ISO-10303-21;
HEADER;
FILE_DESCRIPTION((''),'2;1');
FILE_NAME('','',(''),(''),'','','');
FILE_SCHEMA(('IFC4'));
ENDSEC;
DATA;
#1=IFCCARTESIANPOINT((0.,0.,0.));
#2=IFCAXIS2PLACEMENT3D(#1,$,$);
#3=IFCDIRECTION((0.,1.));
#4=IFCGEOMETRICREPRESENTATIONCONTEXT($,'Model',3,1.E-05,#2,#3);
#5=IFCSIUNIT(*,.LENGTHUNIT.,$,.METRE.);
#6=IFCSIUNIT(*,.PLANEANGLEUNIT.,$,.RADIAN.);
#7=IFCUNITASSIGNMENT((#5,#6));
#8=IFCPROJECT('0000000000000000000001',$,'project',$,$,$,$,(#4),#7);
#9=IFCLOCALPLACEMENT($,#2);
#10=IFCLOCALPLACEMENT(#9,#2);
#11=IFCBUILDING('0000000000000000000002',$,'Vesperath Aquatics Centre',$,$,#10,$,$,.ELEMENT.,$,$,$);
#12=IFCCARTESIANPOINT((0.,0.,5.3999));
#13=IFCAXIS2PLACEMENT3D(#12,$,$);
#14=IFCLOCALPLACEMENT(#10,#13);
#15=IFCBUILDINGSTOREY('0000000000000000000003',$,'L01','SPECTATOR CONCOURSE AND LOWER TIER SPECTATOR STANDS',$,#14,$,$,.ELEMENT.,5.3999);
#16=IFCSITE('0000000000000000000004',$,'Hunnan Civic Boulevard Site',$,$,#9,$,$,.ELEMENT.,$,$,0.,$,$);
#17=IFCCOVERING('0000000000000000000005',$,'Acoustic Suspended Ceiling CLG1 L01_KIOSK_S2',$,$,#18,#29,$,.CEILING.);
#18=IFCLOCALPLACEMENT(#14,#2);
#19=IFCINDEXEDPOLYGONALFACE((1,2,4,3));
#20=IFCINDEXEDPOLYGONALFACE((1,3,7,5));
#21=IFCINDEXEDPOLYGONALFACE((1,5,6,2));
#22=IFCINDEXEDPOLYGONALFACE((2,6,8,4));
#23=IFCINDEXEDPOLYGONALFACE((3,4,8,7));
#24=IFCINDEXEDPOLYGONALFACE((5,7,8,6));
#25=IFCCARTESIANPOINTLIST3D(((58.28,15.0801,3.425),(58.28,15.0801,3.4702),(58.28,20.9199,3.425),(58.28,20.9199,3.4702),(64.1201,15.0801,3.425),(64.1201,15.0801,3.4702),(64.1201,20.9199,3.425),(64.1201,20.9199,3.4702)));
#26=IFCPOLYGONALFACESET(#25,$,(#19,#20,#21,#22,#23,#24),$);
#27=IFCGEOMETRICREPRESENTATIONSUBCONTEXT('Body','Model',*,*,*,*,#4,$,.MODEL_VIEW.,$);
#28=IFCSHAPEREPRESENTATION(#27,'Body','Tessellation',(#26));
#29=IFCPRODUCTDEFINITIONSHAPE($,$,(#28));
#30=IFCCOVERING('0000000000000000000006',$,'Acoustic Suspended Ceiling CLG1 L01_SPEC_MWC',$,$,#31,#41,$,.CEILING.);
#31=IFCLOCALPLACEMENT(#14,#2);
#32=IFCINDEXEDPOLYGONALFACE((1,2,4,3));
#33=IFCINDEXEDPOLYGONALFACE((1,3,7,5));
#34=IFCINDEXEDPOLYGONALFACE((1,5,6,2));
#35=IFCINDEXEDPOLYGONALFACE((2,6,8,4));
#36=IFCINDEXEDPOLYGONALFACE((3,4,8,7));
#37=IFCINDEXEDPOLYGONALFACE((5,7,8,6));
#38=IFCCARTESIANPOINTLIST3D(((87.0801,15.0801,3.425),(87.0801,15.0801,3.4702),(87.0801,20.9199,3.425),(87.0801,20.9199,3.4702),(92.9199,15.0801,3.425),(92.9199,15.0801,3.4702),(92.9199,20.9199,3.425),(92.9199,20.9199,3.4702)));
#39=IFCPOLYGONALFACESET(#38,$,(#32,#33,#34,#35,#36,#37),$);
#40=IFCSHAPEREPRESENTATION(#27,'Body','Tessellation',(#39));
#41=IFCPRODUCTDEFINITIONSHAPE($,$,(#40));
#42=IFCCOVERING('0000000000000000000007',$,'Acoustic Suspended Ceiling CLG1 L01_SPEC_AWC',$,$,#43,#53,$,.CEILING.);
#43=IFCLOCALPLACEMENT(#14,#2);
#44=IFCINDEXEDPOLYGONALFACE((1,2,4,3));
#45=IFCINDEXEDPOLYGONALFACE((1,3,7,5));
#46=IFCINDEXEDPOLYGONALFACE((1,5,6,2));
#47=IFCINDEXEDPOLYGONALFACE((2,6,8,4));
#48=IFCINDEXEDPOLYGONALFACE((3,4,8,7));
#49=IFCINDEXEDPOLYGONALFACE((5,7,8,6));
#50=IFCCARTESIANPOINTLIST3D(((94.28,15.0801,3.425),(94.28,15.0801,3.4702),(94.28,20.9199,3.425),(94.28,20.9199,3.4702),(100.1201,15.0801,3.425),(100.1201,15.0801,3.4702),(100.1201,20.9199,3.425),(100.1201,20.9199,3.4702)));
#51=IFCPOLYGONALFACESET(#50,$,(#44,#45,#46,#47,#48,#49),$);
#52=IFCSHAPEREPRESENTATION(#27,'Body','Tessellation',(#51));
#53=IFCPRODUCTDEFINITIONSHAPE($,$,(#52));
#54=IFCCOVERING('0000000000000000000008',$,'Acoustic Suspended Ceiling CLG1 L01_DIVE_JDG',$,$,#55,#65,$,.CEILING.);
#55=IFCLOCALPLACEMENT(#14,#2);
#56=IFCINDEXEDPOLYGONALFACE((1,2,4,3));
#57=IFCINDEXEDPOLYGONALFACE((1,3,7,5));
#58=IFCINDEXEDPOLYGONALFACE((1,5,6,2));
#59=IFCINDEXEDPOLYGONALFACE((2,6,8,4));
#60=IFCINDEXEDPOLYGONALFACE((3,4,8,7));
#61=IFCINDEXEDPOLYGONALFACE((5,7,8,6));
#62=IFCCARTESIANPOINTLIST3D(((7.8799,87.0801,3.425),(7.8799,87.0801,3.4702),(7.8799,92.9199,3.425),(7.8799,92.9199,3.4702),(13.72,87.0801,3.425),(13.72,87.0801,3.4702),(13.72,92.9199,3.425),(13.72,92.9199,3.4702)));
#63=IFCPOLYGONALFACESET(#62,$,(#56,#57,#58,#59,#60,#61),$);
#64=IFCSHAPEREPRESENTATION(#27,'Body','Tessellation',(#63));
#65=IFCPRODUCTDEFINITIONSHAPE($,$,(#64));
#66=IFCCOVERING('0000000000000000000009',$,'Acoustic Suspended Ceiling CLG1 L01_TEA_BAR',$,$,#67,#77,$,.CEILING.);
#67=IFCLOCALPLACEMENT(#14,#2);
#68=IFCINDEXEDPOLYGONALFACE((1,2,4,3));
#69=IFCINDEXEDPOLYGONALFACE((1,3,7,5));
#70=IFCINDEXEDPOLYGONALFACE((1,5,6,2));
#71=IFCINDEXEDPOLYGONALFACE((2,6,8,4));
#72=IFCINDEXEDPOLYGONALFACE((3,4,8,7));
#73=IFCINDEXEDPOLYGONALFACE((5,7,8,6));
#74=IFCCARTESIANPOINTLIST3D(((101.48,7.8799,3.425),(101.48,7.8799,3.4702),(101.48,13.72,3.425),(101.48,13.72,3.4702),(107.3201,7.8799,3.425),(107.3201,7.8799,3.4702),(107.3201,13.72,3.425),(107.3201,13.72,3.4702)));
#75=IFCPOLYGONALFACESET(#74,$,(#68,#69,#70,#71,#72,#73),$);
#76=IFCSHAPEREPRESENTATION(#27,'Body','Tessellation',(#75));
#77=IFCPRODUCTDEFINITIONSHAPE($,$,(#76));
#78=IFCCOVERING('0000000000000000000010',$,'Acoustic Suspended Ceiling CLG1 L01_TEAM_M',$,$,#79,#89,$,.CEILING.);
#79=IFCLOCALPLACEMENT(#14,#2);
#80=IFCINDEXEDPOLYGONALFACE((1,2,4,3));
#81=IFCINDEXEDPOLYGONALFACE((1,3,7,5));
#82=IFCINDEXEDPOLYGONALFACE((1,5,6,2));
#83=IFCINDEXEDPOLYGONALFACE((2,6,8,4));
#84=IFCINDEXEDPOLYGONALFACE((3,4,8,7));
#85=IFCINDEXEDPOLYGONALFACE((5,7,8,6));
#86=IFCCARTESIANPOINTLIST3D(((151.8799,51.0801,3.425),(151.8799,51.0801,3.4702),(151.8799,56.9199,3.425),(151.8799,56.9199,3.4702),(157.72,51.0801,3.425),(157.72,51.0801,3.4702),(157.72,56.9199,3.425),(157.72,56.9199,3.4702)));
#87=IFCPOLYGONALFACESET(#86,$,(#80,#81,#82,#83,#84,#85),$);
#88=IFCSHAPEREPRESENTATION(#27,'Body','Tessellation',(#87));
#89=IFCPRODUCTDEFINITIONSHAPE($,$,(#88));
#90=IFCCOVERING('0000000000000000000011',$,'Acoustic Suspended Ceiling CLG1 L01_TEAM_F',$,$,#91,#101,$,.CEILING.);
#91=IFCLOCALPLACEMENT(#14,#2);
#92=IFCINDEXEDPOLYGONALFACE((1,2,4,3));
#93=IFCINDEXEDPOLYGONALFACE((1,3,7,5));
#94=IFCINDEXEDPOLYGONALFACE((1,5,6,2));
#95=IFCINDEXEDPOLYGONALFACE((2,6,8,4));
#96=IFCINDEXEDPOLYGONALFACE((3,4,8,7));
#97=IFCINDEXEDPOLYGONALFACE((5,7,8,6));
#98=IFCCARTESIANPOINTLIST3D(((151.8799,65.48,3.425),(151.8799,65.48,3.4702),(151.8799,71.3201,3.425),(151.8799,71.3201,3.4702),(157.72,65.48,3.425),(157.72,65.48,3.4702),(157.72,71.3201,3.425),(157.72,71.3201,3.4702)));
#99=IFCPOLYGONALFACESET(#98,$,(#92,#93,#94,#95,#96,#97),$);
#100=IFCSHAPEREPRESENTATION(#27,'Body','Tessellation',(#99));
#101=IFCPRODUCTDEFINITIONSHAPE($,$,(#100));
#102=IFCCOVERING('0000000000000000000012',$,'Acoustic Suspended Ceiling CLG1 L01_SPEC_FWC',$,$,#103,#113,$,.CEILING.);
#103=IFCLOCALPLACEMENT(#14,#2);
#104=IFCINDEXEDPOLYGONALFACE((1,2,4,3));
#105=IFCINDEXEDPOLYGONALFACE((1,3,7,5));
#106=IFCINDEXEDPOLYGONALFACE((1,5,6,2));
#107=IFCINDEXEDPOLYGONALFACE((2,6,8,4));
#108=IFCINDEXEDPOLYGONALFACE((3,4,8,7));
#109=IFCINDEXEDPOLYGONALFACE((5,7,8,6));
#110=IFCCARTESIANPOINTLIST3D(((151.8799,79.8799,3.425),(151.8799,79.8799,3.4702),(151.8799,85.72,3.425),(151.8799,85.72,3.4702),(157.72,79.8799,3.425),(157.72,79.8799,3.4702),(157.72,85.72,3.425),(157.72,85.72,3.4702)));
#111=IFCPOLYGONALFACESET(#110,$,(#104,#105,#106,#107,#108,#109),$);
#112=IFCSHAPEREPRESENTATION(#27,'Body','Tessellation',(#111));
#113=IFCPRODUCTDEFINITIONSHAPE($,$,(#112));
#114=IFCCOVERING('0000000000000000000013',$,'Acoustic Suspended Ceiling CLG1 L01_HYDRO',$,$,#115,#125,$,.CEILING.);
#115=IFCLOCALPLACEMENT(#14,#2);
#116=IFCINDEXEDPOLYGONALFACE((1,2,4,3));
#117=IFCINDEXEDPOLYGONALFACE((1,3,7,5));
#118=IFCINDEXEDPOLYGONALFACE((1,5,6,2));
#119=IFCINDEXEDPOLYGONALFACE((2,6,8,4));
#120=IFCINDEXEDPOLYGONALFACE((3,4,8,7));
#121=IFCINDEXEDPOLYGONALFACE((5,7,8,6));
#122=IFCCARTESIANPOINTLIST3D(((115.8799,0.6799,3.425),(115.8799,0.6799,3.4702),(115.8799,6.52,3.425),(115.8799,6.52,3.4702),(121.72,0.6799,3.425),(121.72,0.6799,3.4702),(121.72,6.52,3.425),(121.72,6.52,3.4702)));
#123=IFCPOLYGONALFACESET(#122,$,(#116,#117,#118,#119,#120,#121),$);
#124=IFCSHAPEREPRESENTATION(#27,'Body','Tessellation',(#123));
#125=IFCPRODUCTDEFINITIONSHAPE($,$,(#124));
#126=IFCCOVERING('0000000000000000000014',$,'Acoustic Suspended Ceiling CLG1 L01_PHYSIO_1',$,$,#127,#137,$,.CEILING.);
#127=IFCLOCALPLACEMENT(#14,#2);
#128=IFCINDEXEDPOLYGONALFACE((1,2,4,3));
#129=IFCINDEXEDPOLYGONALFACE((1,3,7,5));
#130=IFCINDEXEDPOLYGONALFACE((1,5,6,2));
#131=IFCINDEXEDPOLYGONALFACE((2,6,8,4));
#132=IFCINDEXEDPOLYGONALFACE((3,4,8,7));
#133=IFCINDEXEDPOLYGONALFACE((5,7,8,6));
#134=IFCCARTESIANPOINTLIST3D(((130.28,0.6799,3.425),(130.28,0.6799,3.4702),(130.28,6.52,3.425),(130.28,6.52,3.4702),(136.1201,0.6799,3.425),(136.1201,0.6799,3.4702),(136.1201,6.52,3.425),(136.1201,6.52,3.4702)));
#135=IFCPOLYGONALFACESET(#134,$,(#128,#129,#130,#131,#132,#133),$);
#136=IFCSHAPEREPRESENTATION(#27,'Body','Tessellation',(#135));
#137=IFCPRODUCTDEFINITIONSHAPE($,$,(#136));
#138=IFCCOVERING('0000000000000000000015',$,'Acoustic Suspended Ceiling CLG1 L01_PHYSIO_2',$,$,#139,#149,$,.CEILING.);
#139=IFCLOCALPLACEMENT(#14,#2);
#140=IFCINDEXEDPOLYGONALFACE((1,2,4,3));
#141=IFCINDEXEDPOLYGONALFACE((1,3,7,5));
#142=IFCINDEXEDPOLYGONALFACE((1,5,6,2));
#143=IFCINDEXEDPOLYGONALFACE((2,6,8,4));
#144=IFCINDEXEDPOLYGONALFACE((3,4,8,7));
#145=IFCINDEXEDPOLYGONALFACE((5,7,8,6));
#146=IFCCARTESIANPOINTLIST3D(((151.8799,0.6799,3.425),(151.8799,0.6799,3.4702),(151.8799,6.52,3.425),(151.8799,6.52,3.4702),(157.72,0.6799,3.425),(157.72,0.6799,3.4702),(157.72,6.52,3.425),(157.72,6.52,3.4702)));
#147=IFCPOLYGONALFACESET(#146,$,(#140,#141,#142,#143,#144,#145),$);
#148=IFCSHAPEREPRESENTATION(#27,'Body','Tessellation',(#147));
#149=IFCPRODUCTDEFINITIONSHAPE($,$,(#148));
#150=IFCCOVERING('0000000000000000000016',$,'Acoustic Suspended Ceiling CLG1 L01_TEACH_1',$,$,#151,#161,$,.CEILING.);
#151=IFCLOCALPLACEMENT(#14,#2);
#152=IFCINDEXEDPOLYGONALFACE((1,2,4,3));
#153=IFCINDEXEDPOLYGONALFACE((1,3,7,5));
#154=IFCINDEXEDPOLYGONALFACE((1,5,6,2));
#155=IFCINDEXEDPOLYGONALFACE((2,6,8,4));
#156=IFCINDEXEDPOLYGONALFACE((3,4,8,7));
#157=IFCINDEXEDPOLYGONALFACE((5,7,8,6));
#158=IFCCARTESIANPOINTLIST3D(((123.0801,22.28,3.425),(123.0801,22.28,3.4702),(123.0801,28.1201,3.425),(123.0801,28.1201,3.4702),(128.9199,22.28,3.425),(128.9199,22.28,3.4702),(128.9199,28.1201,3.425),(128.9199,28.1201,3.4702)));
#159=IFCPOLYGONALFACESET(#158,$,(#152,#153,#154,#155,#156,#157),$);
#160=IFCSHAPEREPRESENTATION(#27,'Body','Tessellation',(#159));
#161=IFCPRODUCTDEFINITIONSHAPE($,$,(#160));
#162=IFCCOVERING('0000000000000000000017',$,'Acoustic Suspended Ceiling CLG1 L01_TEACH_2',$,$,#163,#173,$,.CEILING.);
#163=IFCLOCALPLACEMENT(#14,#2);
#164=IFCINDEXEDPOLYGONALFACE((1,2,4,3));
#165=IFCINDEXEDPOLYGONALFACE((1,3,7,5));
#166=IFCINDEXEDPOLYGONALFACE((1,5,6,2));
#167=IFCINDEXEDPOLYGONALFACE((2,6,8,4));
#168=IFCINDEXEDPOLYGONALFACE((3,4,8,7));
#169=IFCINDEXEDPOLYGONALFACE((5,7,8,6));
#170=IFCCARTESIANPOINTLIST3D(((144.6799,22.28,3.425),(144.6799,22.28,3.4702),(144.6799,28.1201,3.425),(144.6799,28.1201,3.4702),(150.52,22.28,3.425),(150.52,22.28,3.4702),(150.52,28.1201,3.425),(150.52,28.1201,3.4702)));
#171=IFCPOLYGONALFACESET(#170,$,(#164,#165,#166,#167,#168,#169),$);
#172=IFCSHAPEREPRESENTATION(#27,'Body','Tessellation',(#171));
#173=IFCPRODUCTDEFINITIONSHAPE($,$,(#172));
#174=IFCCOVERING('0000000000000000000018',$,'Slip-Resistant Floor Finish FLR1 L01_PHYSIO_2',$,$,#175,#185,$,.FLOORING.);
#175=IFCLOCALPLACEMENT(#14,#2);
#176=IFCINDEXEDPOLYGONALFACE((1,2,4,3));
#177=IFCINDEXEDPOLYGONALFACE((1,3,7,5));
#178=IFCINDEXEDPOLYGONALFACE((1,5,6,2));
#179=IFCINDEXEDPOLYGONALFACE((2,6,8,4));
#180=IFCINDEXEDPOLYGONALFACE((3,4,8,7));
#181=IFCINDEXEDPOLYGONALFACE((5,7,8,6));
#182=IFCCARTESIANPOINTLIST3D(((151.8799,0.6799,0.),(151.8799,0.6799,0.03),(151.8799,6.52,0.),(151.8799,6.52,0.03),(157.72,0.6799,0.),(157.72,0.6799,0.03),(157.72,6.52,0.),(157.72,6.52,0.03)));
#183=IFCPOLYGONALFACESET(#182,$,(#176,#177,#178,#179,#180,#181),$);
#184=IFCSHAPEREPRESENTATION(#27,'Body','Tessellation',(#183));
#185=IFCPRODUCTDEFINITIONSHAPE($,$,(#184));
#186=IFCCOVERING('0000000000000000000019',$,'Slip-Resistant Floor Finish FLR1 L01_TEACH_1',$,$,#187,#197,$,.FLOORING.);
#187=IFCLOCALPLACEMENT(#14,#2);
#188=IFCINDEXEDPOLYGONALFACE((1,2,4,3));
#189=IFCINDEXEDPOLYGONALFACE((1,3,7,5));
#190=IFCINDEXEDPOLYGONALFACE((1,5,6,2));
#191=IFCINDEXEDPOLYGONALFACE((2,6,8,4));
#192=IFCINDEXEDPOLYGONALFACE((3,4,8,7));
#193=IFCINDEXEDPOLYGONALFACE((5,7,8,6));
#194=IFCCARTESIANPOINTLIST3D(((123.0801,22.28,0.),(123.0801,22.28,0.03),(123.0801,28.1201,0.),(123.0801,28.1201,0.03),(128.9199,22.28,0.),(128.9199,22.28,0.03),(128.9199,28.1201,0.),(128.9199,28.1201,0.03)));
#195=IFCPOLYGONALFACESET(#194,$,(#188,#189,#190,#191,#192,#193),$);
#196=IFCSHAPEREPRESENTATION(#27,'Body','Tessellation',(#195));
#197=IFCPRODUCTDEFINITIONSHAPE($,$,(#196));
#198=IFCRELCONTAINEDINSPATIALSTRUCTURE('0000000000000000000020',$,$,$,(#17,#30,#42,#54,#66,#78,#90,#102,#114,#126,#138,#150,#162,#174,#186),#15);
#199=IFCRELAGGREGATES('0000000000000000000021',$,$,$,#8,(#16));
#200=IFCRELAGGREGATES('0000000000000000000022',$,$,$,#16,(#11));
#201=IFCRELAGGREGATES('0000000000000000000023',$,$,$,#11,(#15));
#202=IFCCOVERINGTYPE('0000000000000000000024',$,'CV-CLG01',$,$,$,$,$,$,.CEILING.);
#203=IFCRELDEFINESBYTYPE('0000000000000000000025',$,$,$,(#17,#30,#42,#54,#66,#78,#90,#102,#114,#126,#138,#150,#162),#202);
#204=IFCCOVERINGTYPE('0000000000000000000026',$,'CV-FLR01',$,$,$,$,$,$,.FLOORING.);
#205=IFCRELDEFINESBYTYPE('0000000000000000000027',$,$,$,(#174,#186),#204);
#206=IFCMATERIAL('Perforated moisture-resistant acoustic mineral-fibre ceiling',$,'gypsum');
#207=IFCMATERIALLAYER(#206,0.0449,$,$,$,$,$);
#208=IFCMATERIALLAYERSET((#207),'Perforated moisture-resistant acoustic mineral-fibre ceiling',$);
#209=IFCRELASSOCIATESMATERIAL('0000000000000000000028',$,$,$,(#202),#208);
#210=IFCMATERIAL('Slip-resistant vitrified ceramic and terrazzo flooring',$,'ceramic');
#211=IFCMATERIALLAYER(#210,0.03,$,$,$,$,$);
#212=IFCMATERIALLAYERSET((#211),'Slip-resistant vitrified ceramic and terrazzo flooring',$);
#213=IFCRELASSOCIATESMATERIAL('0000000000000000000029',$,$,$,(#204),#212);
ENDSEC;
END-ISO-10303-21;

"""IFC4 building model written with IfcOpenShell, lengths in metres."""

from ifc_helpers import new_model, si_unit, direction, frame, origin, place, context, subcontext, project, spatial, polyline, outline, extrude, material, layer, layer_set, type_object, element, save


model = new_model("IFC4")

# Units and contexts
model_context = context("Model", 3, precision=1e-05, world=origin(), true_north=direction((0.0, 1.0)))
body_context = subcontext(model_context, "Body", "Model", "MODEL_VIEW")
ifc_project = project(units=[si_unit("LENGTHUNIT", "METRE"), si_unit("PLANEANGLEUNIT", "RADIAN")], contexts=[model_context])

# Site, building, storey
site_placement = place(None, origin())
site = spatial("IfcSite", under=ifc_project, at=site_placement, Name="Hunnan Civic Boulevard Site", CompositionType="ELEMENT", RefElevation=0.0)
building_placement = place(site_placement, origin())
building = spatial("IfcBuilding", under=site, at=building_placement, Name="Vesperath Aquatics Centre", CompositionType="ELEMENT")
storey_placement = place(building_placement, frame((0.0, 0.0, 5.3999)))
storey = spatial("IfcBuildingStorey", under=building, at=storey_placement, Name="L01", Description="SPECTATOR CONCOURSE AND LOWER TIER SPECTATOR STANDS", CompositionType="ELEMENT", Elevation=5.3999)

# Coverings
ifc_material_1 = material(Name="Perforated moisture-resistant acoustic mineral-fibre ceiling", Category="gypsum")
ifc_layer_1 = layer(ifc_material_1, 0.0449)
ifc_layer_set_1 = layer_set([ifc_layer_1], Name="Perforated moisture-resistant acoustic mineral-fibre ceiling")
covering_type_1 = type_object("IfcCoveringType", Name="CV-CLG01", PredefinedType="CEILING", material=ifc_layer_set_1)
covering_1_placement = place(storey_placement, frame((0.0, 0.0, 3.425)))
element("IfcCovering", 1, at=covering_1_placement, inside=storey, type_object=covering_type_1, Name="Acoustic Suspended Ceiling CLG1 L01_KIOSK_S2", PredefinedType="CEILING", context=body_context, shape_type="SweptSolid", body=[
    extrude(outline(polyline([(58.28, 15.0801), (64.1201, 15.0801), (64.1201, 20.9199), (58.28, 20.9199), (58.28, 15.0801)])), origin(), (0.0, 0.0, 1.0), 0.0452),
])
covering_2_placement = place(storey_placement, frame((0.0, 0.0, 3.425)))
element("IfcCovering", 2, at=covering_2_placement, inside=storey, type_object=covering_type_1, Name="Acoustic Suspended Ceiling CLG1 L01_SPEC_MWC", PredefinedType="CEILING", context=body_context, shape_type="SweptSolid", body=[
    extrude(outline(polyline([(87.0801, 15.0801), (92.9199, 15.0801), (92.9199, 20.9199), (87.0801, 20.9199), (87.0801, 15.0801)])), origin(), (0.0, 0.0, 1.0), 0.0452),
])
covering_3_placement = place(storey_placement, frame((0.0, 0.0, 3.425)))
element("IfcCovering", 3, at=covering_3_placement, inside=storey, type_object=covering_type_1, Name="Acoustic Suspended Ceiling CLG1 L01_SPEC_AWC", PredefinedType="CEILING", context=body_context, shape_type="SweptSolid", body=[
    extrude(outline(polyline([(94.28, 15.0801), (100.1201, 15.0801), (100.1201, 20.9199), (94.28, 20.9199), (94.28, 15.0801)])), origin(), (0.0, 0.0, 1.0), 0.0452),
])
covering_4_placement = place(storey_placement, frame((0.0, 0.0, 3.425)))
element("IfcCovering", 4, at=covering_4_placement, inside=storey, type_object=covering_type_1, Name="Acoustic Suspended Ceiling CLG1 L01_DIVE_JDG", PredefinedType="CEILING", context=body_context, shape_type="SweptSolid", body=[
    extrude(outline(polyline([(7.8799, 87.0801), (13.72, 87.0801), (13.72, 92.9199), (7.8799, 92.9199), (7.8799, 87.0801)])), origin(), (0.0, 0.0, 1.0), 0.0452),
])
covering_5_placement = place(storey_placement, frame((0.0, 0.0, 3.425)))
element("IfcCovering", 5, at=covering_5_placement, inside=storey, type_object=covering_type_1, Name="Acoustic Suspended Ceiling CLG1 L01_TEA_BAR", PredefinedType="CEILING", context=body_context, shape_type="SweptSolid", body=[
    extrude(outline(polyline([(101.48, 7.8799), (107.3201, 7.8799), (107.3201, 13.72), (101.48, 13.72), (101.48, 7.8799)])), origin(), (0.0, 0.0, 1.0), 0.0452),
])
covering_6_placement = place(storey_placement, frame((0.0, 0.0, 3.425)))
element("IfcCovering", 6, at=covering_6_placement, inside=storey, type_object=covering_type_1, Name="Acoustic Suspended Ceiling CLG1 L01_TEAM_M", PredefinedType="CEILING", context=body_context, shape_type="SweptSolid", body=[
    extrude(outline(polyline([(151.8799, 51.0801), (157.72, 51.0801), (157.72, 56.9199), (151.8799, 56.9199), (151.8799, 51.0801)])), origin(), (0.0, 0.0, 1.0), 0.0452),
])
covering_7_placement = place(storey_placement, frame((0.0, 0.0, 3.425)))
element("IfcCovering", 7, at=covering_7_placement, inside=storey, type_object=covering_type_1, Name="Acoustic Suspended Ceiling CLG1 L01_TEAM_F", PredefinedType="CEILING", context=body_context, shape_type="SweptSolid", body=[
    extrude(outline(polyline([(151.8799, 65.48), (157.72, 65.48), (157.72, 71.3201), (151.8799, 71.3201), (151.8799, 65.48)])), origin(), (0.0, 0.0, 1.0), 0.0452),
])
covering_8_placement = place(storey_placement, frame((0.0, 0.0, 3.425)))
element("IfcCovering", 8, at=covering_8_placement, inside=storey, type_object=covering_type_1, Name="Acoustic Suspended Ceiling CLG1 L01_SPEC_FWC", PredefinedType="CEILING", context=body_context, shape_type="SweptSolid", body=[
    extrude(outline(polyline([(151.8799, 79.8799), (157.72, 79.8799), (157.72, 85.72), (151.8799, 85.72), (151.8799, 79.8799)])), origin(), (0.0, 0.0, 1.0), 0.0452),
])
covering_9_placement = place(storey_placement, frame((0.0, 0.0, 3.425)))
element("IfcCovering", 9, at=covering_9_placement, inside=storey, type_object=covering_type_1, Name="Acoustic Suspended Ceiling CLG1 L01_HYDRO", PredefinedType="CEILING", context=body_context, shape_type="SweptSolid", body=[
    extrude(outline(polyline([(115.8799, 0.6799), (121.72, 0.6799), (121.72, 6.52), (115.8799, 6.52), (115.8799, 0.6799)])), origin(), (0.0, 0.0, 1.0), 0.0452),
])
covering_10_placement = place(storey_placement, frame((0.0, 0.0, 3.425)))
element("IfcCovering", 10, at=covering_10_placement, inside=storey, type_object=covering_type_1, Name="Acoustic Suspended Ceiling CLG1 L01_PHYSIO_1", PredefinedType="CEILING", context=body_context, shape_type="SweptSolid", body=[
    extrude(outline(polyline([(130.28, 0.6799), (136.1201, 0.6799), (136.1201, 6.52), (130.28, 6.52), (130.28, 0.6799)])), origin(), (0.0, 0.0, 1.0), 0.0452),
])
covering_11_placement = place(storey_placement, frame((0.0, 0.0, 3.425)))
element("IfcCovering", 11, at=covering_11_placement, inside=storey, type_object=covering_type_1, Name="Acoustic Suspended Ceiling CLG1 L01_PHYSIO_2", PredefinedType="CEILING", context=body_context, shape_type="SweptSolid", body=[
    extrude(outline(polyline([(151.8799, 0.6799), (157.72, 0.6799), (157.72, 6.52), (151.8799, 6.52), (151.8799, 0.6799)])), origin(), (0.0, 0.0, 1.0), 0.0452),
])
covering_12_placement = place(storey_placement, frame((0.0, 0.0, 3.425)))
element("IfcCovering", 12, at=covering_12_placement, inside=storey, type_object=covering_type_1, Name="Acoustic Suspended Ceiling CLG1 L01_TEACH_1", PredefinedType="CEILING", context=body_context, shape_type="SweptSolid", body=[
    extrude(outline(polyline([(123.0801, 22.28), (128.9199, 22.28), (128.9199, 28.1201), (123.0801, 28.1201), (123.0801, 22.28)])), origin(), (0.0, 0.0, 1.0), 0.0452),
])
covering_13_placement = place(storey_placement, frame((0.0, 0.0, 3.425)))
element("IfcCovering", 13, at=covering_13_placement, inside=storey, type_object=covering_type_1, Name="Acoustic Suspended Ceiling CLG1 L01_TEACH_2", PredefinedType="CEILING", context=body_context, shape_type="SweptSolid", body=[
    extrude(outline(polyline([(144.6799, 22.28), (150.52, 22.28), (150.52, 28.1201), (144.6799, 28.1201), (144.6799, 22.28)])), origin(), (0.0, 0.0, 1.0), 0.0452),
])
ifc_material_2 = material(Name="Slip-resistant vitrified ceramic and terrazzo flooring", Category="ceramic")
ifc_layer_2 = layer(ifc_material_2, 0.03)
ifc_layer_set_2 = layer_set([ifc_layer_2], Name="Slip-resistant vitrified ceramic and terrazzo flooring")
covering_type_2 = type_object("IfcCoveringType", Name="CV-FLR01", PredefinedType="FLOORING", material=ifc_layer_set_2)
covering_14_placement = place(storey_placement, origin())
element("IfcCovering", 14, at=covering_14_placement, inside=storey, type_object=covering_type_2, Name="Slip-Resistant Floor Finish FLR1 L01_PHYSIO_2", PredefinedType="FLOORING", context=body_context, shape_type="SweptSolid", body=[
    extrude(outline(polyline([(151.8799, 0.6799), (157.72, 0.6799), (157.72, 6.52), (151.8799, 6.52), (151.8799, 0.6799)])), origin(), (0.0, 0.0, 1.0), 0.03),
])
covering_15_placement = place(storey_placement, origin())
element("IfcCovering", 15, at=covering_15_placement, inside=storey, type_object=covering_type_2, Name="Slip-Resistant Floor Finish FLR1 L01_TEACH_1", PredefinedType="FLOORING", context=body_context, shape_type="SweptSolid", body=[
    extrude(outline(polyline([(123.0801, 22.28), (128.9199, 22.28), (128.9199, 28.1201), (123.0801, 28.1201), (123.0801, 22.28)])), origin(), (0.0, 0.0, 1.0), 0.03),
])

save(model, "model.ifc")
